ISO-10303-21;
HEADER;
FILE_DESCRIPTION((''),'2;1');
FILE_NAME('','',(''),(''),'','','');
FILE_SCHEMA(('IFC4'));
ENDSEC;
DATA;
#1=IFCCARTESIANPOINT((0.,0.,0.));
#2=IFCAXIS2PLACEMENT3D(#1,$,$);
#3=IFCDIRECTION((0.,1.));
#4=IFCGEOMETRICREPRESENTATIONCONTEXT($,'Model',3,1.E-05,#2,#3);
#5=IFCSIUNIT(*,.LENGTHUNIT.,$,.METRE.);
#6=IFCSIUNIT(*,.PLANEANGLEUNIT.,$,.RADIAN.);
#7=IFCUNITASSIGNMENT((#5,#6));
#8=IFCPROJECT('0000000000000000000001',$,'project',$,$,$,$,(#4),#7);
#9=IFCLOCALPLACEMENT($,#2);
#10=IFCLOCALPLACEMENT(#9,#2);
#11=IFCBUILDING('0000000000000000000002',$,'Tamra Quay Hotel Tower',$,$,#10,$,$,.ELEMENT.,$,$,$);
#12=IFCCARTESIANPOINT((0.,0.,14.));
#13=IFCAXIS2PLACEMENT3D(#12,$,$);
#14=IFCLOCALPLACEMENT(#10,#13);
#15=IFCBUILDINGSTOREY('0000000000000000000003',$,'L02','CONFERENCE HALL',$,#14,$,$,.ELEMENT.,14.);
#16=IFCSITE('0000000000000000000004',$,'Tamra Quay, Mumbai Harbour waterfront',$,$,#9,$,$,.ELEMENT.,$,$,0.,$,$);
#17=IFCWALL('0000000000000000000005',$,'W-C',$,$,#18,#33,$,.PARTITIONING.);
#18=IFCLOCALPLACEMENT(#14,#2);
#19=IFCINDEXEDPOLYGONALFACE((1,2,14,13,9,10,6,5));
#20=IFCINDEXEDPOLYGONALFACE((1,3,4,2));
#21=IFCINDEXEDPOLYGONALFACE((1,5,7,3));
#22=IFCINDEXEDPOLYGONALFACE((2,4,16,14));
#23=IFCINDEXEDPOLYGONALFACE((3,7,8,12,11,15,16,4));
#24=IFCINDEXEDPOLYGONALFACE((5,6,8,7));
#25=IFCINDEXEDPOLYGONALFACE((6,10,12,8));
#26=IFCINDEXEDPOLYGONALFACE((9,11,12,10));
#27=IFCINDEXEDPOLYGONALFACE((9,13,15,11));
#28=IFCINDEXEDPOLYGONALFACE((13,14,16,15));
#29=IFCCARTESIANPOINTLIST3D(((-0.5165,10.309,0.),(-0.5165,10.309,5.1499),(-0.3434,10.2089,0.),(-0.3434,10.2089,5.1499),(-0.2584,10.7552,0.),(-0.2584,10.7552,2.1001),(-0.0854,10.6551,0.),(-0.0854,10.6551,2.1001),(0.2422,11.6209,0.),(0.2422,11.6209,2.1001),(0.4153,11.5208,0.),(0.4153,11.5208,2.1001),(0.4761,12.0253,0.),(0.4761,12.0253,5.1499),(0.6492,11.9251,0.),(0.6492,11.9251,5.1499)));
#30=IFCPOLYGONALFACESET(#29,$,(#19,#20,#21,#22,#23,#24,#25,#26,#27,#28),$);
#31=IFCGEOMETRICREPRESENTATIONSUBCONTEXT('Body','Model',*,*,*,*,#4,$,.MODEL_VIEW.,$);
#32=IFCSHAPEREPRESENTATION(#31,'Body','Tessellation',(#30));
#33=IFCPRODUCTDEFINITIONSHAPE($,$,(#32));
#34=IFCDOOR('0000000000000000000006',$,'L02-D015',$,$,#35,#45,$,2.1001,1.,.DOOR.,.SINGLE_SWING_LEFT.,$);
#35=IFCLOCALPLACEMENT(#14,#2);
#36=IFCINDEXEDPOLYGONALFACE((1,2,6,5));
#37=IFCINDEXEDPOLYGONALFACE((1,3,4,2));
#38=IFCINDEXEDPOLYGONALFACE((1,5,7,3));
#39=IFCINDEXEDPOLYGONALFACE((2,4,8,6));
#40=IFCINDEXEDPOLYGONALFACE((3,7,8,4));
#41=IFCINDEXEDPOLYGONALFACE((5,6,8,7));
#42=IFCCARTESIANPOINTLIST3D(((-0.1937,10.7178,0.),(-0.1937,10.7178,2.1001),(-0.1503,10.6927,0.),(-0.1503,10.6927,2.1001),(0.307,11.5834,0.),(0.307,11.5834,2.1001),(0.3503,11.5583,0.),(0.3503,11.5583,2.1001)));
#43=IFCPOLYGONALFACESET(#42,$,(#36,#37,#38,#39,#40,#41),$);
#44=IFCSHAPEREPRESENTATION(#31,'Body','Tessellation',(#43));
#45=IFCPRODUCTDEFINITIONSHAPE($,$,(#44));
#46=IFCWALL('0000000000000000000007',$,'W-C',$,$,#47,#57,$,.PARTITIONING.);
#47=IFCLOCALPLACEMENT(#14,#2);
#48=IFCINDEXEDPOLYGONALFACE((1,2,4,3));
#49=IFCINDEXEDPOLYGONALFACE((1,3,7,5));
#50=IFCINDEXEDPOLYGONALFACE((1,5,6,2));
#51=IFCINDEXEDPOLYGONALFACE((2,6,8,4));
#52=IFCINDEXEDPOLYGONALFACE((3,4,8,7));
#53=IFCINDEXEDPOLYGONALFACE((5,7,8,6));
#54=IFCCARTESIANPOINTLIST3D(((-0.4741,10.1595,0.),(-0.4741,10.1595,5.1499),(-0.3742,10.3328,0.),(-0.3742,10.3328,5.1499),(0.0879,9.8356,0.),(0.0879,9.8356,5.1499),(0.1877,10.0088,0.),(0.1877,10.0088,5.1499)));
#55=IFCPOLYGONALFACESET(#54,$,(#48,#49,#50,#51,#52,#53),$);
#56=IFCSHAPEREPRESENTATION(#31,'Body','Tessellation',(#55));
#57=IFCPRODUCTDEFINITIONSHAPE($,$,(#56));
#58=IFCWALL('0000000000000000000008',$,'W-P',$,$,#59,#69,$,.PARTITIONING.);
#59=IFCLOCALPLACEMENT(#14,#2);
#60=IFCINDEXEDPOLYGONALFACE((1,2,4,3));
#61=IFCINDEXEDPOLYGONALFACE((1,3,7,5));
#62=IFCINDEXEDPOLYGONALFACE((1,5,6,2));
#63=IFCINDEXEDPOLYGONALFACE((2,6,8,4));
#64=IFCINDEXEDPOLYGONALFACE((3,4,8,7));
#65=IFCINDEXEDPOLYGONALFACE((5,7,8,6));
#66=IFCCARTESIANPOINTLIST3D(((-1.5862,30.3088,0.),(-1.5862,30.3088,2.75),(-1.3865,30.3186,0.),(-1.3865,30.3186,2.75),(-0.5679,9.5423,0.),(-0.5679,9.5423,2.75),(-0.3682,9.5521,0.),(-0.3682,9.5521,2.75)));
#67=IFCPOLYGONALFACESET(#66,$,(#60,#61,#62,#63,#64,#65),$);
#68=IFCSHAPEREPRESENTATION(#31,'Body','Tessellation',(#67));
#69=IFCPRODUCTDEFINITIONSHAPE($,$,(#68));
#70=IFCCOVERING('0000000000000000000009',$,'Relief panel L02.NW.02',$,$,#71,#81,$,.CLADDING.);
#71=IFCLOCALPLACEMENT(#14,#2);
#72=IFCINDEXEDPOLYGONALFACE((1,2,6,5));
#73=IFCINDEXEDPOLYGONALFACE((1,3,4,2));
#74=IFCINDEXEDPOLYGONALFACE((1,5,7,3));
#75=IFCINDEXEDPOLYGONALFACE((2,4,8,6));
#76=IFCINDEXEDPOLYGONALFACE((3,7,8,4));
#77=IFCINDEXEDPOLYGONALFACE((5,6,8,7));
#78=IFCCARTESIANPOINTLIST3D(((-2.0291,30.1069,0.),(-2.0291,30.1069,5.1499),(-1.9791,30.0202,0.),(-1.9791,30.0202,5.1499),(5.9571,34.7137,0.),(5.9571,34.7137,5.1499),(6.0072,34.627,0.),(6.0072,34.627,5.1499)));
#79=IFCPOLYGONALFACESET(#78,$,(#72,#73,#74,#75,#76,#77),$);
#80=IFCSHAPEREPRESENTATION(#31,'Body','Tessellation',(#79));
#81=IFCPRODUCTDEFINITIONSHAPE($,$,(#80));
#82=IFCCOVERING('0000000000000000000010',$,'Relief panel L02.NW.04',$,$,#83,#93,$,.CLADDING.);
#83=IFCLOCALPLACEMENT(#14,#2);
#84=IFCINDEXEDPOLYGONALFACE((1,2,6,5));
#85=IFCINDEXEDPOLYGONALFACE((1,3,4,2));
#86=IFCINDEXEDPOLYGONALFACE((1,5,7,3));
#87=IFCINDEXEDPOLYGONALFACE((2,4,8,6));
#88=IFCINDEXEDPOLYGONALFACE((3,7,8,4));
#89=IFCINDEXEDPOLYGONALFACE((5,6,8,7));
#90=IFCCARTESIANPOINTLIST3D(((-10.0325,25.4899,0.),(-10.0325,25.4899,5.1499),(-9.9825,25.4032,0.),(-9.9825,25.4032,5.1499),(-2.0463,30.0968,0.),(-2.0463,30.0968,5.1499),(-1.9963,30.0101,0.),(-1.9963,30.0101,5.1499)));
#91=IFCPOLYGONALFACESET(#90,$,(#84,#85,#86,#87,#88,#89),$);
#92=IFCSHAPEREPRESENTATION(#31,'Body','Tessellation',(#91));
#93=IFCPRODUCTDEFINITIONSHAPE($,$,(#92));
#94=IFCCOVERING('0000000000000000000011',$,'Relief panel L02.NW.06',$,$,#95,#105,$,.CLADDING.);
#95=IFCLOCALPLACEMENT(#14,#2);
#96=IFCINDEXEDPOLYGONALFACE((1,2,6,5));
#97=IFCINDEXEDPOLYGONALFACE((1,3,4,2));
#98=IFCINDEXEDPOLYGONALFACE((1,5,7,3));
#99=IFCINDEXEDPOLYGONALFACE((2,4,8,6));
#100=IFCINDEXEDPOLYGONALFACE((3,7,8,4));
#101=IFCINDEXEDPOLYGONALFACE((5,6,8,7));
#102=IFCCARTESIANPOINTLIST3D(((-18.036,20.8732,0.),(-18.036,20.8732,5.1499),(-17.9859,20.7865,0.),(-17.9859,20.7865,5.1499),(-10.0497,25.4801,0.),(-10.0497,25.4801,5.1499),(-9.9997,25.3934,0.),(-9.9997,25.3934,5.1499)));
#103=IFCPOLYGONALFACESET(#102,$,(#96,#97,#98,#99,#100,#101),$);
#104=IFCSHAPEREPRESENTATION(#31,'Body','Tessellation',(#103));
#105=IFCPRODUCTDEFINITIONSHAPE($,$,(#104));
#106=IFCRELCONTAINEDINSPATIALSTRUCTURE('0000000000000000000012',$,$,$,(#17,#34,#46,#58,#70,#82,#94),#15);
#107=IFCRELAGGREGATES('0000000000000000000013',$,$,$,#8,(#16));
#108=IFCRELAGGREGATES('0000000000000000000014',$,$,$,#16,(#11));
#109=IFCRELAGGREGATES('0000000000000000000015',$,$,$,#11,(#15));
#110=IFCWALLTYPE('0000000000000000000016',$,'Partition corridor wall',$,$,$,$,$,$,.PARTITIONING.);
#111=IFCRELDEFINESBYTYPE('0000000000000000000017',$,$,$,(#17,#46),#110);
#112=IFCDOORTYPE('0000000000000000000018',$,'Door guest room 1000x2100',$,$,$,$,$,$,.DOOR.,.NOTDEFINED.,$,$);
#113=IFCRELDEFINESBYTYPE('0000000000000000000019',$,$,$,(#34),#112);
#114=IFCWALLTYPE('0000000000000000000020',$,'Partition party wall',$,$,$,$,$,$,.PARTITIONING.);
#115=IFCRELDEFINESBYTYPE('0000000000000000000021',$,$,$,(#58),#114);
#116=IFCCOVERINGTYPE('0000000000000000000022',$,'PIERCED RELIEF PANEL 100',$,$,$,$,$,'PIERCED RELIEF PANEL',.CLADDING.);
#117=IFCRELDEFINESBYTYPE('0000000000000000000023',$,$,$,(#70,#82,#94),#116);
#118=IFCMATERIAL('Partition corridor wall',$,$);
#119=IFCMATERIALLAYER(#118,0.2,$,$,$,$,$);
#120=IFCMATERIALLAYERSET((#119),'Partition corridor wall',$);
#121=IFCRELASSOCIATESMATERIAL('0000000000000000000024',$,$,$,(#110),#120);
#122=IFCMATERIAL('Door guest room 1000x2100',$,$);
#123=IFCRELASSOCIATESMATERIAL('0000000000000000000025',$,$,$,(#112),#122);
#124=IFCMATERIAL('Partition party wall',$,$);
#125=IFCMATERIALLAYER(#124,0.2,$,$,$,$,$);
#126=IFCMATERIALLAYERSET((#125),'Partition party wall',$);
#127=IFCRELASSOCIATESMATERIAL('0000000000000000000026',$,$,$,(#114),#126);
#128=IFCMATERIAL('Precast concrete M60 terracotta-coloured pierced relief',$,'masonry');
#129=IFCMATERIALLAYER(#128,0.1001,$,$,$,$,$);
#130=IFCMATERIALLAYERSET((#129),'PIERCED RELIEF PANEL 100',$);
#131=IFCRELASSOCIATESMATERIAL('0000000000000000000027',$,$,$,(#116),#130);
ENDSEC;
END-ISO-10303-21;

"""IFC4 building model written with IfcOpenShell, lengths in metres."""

from ifc_helpers import new_model, si_unit, direction, frame, frame_2d, origin, origin_2d, place, context, subcontext, project, spatial, rectangle, extrude, material, layer, layer_set, type_object, element, fill, save


model = new_model("IFC4")

# Units and contexts
model_context = context("Model", 3, precision=1e-05, world=origin(), true_north=direction((0.0, 1.0)))
body_context = subcontext(model_context, "Body", "Model", "MODEL_VIEW")
ifc_project = project(units=[si_unit("LENGTHUNIT", "METRE"), si_unit("PLANEANGLEUNIT", "RADIAN")], contexts=[model_context])

# Site, building, storey
site_placement = place(None, origin())
site = spatial("IfcSite", under=ifc_project, at=site_placement, Name="Tamra Quay, Mumbai Harbour waterfront", CompositionType="ELEMENT", RefElevation=0.0)
building_placement = place(site_placement, origin())
building = spatial("IfcBuilding", under=site, at=building_placement, Name="Tamra Quay Hotel Tower", CompositionType="ELEMENT")
storey_placement = place(building_placement, frame((0.0, 0.0, 14.0)))
storey = spatial("IfcBuildingStorey", under=building, at=storey_placement, Name="L02", Description="CONFERENCE HALL", CompositionType="ELEMENT", Elevation=14.0)

# Wall, opening, door
ifc_material_1 = material(Name="Partition corridor wall")
ifc_layer_1 = layer(ifc_material_1, 0.2)
ifc_layer_set_1 = layer_set([ifc_layer_1], Name="Partition corridor wall")
wall_type_1 = type_object("IfcWallType", Name="Partition corridor wall", PredefinedType="PARTITIONING", material=ifc_layer_set_1)
wall_1_placement = place(storey_placement, frame((-0.4299, 10.259, 0.0), z_axis=(0.0, 0.0, 1.0), x_axis=(0.500667, 0.86564, 0.0)))
wall_1 = element("IfcWall", 1, at=wall_1_placement, inside=storey, type_object=wall_type_1, Name="W-C", PredefinedType="PARTITIONING", context=body_context, shape_type="SweptSolid", body=[
    extrude(rectangle(XDim=1.9827, YDim=0.2, at=frame_2d((0.9912, 0.0))), origin(), (0.0, 0.0, 1.0), 5.1499),
])
opening_1_placement = place(wall_1_placement, frame((0.5154, 0.0, 0.0)))
opening_1 = element("IfcOpeningElement", 2, at=opening_1_placement, cuts=wall_1, PredefinedType="OPENING", context=body_context, shape_type="SweptSolid", body=[
    extrude(rectangle(XDim=1.0, YDim=2.1001, at=frame_2d((0.5, 1.05))), frame((0.0, 0.1099, 0.0), z_axis=(0.0, -1.0, 0.0), x_axis=(1.0, 0.0, 0.0)), (0.0, 0.0, 1.0), 0.22),
])
ifc_material_2 = material(Name="Door guest room 1000x2100")
door_type = type_object("IfcDoorType", Name="Door guest room 1000x2100", OperationType="NOTDEFINED", PredefinedType="DOOR", material=ifc_material_2)
door_placement = place(opening_1_placement, frame((1.0, 0.0, 0.0), z_axis=(0.0, 0.0, 1.0), x_axis=(-1.0, 0.0, 0.0)))
door = element("IfcDoor", 3, at=door_placement, inside=storey, type_object=door_type, Name="L02-D015", OperationType="SINGLE_SWING_LEFT", OverallHeight=2.1001, OverallWidth=1.0, PredefinedType="DOOR", context=body_context, shape_type="SweptSolid", body=[
    extrude(rectangle(XDim=1.0, YDim=2.1001, at=frame_2d((0.5, 1.05))), frame((0.0, 0.0249, 0.0), z_axis=(0.0, -1.0, 0.0), x_axis=(1.0, 0.0, 0.0)), (0.0, 0.0, 1.0), 0.05),
])
fill(opening_1, door)

# Walls
wall_2_placement = place(storey_placement, frame((-0.4241, 10.2461, 0.0), z_axis=(0.0, 0.0, 1.0), x_axis=(0.866361, -0.499418, 0.0)))
element("IfcWall", 4, at=wall_2_placement, inside=storey, type_object=wall_type_1, Name="W-C", PredefinedType="PARTITIONING", context=body_context, shape_type="SweptSolid", body=[
    extrude(rectangle(XDim=0.6487, YDim=0.2, at=frame_2d((0.3242, 0.0))), origin(), (0.0, 0.0, 1.0), 5.1499),
])
ifc_material_3 = material(Name="Partition party wall")
ifc_layer_2 = layer(ifc_material_3, 0.2)
ifc_layer_set_2 = layer_set([ifc_layer_2], Name="Partition party wall")
wall_type_2 = type_object("IfcWallType", Name="Partition party wall", PredefinedType="PARTITIONING", material=ifc_layer_set_2)
wall_3_placement = place(storey_placement, frame((-1.4863, 30.3137, 0.0), z_axis=(0.0, 0.0, 1.0), x_axis=(0.048977, -0.9988, 0.0)))
element("IfcWall", 5, at=wall_3_placement, inside=storey, type_object=wall_type_2, Name="W-P", PredefinedType="PARTITIONING", context=body_context, shape_type="SweptSolid", body=[
    extrude(rectangle(XDim=20.7915, YDim=0.2, at=frame_2d((10.3958, 0.0))), origin(), (0.0, 0.0, 1.0), 2.75),
])

# Coverings
ifc_material_4 = material(Name="Precast concrete M60 terracotta-coloured pierced relief", Category="masonry")
ifc_layer_3 = layer(ifc_material_4, 0.1001)
ifc_layer_set_3 = layer_set([ifc_layer_3], Name="PIERCED RELIEF PANEL 100")
covering_type = type_object("IfcCoveringType", Name="PIERCED RELIEF PANEL 100", ElementType="PIERCED RELIEF PANEL", PredefinedType="CLADDING", material=ifc_layer_set_3)
for number, where, z_axis, x_axis, name in (
    (6, (1.989, 32.3669, 0.0), (0.0, 0.0, 1.0), (-0.866215, -0.499672, 0.0), "Relief panel L02.NW.02"),
    (7, (-6.0144, 27.75, 0.0), (0.0, 0.0, 1.0), (-0.866215, -0.499672, 0.0), "Relief panel L02.NW.04"),
    (8, (-14.0178, 23.1333, 0.0), (0.0, 0.0, 1.0), (-0.866215, -0.499672, 0.0), "Relief panel L02.NW.06"),
):
    element("IfcCovering", number, at=place(storey_placement, frame(where, z_axis=z_axis, x_axis=x_axis)), inside=storey, type_object=covering_type, Name=name, PredefinedType="CLADDING", context=body_context, shape_type="SweptSolid", body=[
        extrude(rectangle(XDim=9.2197, YDim=0.1001, at=origin_2d()), origin(), (0.0, 0.0, 1.0), 5.1499),
    ])

save(model, "model.ifc")
